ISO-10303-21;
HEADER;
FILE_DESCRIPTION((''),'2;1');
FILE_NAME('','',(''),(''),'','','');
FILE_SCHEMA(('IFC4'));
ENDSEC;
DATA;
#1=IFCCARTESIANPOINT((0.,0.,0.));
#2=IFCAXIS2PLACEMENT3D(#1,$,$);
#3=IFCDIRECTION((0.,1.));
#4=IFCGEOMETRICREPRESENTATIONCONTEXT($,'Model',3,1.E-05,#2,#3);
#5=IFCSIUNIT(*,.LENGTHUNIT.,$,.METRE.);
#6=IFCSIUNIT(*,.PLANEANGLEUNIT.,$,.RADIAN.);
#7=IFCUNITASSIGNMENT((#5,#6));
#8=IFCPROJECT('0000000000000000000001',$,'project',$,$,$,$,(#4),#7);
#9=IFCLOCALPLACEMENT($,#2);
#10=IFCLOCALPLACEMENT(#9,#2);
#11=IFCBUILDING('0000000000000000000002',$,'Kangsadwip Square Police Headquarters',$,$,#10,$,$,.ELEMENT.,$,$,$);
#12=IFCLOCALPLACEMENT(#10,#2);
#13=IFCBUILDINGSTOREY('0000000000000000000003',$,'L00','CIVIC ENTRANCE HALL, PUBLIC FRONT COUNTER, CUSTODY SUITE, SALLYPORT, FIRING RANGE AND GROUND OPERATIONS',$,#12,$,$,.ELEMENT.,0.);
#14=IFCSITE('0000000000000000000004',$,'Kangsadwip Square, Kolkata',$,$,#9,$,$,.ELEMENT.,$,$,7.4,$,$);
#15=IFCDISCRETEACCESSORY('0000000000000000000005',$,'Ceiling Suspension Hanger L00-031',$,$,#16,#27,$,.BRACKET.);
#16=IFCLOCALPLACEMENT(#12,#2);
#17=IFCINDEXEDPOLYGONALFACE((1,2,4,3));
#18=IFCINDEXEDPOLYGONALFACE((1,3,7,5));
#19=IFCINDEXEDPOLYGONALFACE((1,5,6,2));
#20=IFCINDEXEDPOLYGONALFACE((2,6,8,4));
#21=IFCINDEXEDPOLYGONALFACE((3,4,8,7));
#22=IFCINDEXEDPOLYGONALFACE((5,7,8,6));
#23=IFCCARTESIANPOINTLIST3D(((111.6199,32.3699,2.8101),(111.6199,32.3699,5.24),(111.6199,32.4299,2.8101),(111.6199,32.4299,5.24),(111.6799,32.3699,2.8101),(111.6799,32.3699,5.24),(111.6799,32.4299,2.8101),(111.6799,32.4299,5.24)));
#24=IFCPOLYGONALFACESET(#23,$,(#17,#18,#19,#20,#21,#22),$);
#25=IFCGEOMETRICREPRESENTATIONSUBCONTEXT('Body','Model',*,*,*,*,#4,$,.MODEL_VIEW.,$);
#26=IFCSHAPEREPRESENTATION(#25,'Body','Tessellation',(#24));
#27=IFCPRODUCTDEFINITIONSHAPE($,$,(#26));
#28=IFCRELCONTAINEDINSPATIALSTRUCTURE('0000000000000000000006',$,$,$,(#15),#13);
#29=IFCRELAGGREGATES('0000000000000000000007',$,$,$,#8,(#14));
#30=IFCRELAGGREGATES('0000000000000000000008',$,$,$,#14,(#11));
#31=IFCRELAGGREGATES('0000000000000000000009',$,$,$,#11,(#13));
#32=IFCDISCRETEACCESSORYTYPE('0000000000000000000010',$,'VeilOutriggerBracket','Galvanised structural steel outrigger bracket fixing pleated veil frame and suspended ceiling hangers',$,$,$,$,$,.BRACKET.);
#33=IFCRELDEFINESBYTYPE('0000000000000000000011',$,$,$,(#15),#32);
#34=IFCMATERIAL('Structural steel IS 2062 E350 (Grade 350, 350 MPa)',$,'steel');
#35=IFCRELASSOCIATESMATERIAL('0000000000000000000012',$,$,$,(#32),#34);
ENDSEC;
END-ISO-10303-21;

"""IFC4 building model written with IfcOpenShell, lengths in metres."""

from ifc_helpers import new_model, si_unit, direction, frame, origin, origin_2d, place, context, subcontext, project, spatial, rectangle, extrude, material, type_object, element, save


model = new_model("IFC4")

# Units and contexts
model_context = context("Model", 3, precision=1e-05, world=origin(), true_north=direction((0.0, 1.0)))
body_context = subcontext(model_context, "Body", "Model", "MODEL_VIEW")
ifc_project = project(units=[si_unit("LENGTHUNIT", "METRE"), si_unit("PLANEANGLEUNIT", "RADIAN")], contexts=[model_context])

# Site, building, storey
site_placement = place(None, origin())
site = spatial("IfcSite", under=ifc_project, at=site_placement, Name="Kangsadwip Square, Kolkata", CompositionType="ELEMENT", RefElevation=7.4)
building_placement = place(site_placement, origin())
building = spatial("IfcBuilding", under=site, at=building_placement, Name="Kangsadwip Square Police Headquarters", CompositionType="ELEMENT")
storey_placement = place(building_placement, origin())
storey = spatial("IfcBuildingStorey", under=building, at=storey_placement, Name="L00", Description="CIVIC ENTRANCE HALL, PUBLIC FRONT COUNTER, CUSTODY SUITE, SALLYPORT, FIRING RANGE AND GROUND OPERATIONS", CompositionType="ELEMENT", Elevation=0.0)

# Discrete accessory
ifc_material_1 = material(Name="Structural steel IS 2062 E350 (Grade 350, 350 MPa)", Category="steel")
discrete_accessory_type = type_object("IfcDiscreteAccessoryType", Name="VeilOutriggerBracket", Description="Galvanised structural steel outrigger bracket fixing pleated veil frame and suspended ceiling hangers", PredefinedType="BRACKET", material=ifc_material_1)
discrete_accessory_placement = place(storey_placement, frame((111.6499, 32.3999, 2.8101), z_axis=(0.0, 0.0, 1.0), x_axis=(1.0, 0.0, 0.0)))
element("IfcDiscreteAccessory", 1, at=discrete_accessory_placement, inside=storey, type_object=discrete_accessory_type, Name="Ceiling Suspension Hanger L00-031", PredefinedType="BRACKET", context=body_context, shape_type="SweptSolid", body=[
    extrude(rectangle(XDim=0.0601, YDim=0.0601, at=origin_2d()), origin(), (0.0, 0.0, 1.0), 2.4299),
])

save(model, "model.ifc")
